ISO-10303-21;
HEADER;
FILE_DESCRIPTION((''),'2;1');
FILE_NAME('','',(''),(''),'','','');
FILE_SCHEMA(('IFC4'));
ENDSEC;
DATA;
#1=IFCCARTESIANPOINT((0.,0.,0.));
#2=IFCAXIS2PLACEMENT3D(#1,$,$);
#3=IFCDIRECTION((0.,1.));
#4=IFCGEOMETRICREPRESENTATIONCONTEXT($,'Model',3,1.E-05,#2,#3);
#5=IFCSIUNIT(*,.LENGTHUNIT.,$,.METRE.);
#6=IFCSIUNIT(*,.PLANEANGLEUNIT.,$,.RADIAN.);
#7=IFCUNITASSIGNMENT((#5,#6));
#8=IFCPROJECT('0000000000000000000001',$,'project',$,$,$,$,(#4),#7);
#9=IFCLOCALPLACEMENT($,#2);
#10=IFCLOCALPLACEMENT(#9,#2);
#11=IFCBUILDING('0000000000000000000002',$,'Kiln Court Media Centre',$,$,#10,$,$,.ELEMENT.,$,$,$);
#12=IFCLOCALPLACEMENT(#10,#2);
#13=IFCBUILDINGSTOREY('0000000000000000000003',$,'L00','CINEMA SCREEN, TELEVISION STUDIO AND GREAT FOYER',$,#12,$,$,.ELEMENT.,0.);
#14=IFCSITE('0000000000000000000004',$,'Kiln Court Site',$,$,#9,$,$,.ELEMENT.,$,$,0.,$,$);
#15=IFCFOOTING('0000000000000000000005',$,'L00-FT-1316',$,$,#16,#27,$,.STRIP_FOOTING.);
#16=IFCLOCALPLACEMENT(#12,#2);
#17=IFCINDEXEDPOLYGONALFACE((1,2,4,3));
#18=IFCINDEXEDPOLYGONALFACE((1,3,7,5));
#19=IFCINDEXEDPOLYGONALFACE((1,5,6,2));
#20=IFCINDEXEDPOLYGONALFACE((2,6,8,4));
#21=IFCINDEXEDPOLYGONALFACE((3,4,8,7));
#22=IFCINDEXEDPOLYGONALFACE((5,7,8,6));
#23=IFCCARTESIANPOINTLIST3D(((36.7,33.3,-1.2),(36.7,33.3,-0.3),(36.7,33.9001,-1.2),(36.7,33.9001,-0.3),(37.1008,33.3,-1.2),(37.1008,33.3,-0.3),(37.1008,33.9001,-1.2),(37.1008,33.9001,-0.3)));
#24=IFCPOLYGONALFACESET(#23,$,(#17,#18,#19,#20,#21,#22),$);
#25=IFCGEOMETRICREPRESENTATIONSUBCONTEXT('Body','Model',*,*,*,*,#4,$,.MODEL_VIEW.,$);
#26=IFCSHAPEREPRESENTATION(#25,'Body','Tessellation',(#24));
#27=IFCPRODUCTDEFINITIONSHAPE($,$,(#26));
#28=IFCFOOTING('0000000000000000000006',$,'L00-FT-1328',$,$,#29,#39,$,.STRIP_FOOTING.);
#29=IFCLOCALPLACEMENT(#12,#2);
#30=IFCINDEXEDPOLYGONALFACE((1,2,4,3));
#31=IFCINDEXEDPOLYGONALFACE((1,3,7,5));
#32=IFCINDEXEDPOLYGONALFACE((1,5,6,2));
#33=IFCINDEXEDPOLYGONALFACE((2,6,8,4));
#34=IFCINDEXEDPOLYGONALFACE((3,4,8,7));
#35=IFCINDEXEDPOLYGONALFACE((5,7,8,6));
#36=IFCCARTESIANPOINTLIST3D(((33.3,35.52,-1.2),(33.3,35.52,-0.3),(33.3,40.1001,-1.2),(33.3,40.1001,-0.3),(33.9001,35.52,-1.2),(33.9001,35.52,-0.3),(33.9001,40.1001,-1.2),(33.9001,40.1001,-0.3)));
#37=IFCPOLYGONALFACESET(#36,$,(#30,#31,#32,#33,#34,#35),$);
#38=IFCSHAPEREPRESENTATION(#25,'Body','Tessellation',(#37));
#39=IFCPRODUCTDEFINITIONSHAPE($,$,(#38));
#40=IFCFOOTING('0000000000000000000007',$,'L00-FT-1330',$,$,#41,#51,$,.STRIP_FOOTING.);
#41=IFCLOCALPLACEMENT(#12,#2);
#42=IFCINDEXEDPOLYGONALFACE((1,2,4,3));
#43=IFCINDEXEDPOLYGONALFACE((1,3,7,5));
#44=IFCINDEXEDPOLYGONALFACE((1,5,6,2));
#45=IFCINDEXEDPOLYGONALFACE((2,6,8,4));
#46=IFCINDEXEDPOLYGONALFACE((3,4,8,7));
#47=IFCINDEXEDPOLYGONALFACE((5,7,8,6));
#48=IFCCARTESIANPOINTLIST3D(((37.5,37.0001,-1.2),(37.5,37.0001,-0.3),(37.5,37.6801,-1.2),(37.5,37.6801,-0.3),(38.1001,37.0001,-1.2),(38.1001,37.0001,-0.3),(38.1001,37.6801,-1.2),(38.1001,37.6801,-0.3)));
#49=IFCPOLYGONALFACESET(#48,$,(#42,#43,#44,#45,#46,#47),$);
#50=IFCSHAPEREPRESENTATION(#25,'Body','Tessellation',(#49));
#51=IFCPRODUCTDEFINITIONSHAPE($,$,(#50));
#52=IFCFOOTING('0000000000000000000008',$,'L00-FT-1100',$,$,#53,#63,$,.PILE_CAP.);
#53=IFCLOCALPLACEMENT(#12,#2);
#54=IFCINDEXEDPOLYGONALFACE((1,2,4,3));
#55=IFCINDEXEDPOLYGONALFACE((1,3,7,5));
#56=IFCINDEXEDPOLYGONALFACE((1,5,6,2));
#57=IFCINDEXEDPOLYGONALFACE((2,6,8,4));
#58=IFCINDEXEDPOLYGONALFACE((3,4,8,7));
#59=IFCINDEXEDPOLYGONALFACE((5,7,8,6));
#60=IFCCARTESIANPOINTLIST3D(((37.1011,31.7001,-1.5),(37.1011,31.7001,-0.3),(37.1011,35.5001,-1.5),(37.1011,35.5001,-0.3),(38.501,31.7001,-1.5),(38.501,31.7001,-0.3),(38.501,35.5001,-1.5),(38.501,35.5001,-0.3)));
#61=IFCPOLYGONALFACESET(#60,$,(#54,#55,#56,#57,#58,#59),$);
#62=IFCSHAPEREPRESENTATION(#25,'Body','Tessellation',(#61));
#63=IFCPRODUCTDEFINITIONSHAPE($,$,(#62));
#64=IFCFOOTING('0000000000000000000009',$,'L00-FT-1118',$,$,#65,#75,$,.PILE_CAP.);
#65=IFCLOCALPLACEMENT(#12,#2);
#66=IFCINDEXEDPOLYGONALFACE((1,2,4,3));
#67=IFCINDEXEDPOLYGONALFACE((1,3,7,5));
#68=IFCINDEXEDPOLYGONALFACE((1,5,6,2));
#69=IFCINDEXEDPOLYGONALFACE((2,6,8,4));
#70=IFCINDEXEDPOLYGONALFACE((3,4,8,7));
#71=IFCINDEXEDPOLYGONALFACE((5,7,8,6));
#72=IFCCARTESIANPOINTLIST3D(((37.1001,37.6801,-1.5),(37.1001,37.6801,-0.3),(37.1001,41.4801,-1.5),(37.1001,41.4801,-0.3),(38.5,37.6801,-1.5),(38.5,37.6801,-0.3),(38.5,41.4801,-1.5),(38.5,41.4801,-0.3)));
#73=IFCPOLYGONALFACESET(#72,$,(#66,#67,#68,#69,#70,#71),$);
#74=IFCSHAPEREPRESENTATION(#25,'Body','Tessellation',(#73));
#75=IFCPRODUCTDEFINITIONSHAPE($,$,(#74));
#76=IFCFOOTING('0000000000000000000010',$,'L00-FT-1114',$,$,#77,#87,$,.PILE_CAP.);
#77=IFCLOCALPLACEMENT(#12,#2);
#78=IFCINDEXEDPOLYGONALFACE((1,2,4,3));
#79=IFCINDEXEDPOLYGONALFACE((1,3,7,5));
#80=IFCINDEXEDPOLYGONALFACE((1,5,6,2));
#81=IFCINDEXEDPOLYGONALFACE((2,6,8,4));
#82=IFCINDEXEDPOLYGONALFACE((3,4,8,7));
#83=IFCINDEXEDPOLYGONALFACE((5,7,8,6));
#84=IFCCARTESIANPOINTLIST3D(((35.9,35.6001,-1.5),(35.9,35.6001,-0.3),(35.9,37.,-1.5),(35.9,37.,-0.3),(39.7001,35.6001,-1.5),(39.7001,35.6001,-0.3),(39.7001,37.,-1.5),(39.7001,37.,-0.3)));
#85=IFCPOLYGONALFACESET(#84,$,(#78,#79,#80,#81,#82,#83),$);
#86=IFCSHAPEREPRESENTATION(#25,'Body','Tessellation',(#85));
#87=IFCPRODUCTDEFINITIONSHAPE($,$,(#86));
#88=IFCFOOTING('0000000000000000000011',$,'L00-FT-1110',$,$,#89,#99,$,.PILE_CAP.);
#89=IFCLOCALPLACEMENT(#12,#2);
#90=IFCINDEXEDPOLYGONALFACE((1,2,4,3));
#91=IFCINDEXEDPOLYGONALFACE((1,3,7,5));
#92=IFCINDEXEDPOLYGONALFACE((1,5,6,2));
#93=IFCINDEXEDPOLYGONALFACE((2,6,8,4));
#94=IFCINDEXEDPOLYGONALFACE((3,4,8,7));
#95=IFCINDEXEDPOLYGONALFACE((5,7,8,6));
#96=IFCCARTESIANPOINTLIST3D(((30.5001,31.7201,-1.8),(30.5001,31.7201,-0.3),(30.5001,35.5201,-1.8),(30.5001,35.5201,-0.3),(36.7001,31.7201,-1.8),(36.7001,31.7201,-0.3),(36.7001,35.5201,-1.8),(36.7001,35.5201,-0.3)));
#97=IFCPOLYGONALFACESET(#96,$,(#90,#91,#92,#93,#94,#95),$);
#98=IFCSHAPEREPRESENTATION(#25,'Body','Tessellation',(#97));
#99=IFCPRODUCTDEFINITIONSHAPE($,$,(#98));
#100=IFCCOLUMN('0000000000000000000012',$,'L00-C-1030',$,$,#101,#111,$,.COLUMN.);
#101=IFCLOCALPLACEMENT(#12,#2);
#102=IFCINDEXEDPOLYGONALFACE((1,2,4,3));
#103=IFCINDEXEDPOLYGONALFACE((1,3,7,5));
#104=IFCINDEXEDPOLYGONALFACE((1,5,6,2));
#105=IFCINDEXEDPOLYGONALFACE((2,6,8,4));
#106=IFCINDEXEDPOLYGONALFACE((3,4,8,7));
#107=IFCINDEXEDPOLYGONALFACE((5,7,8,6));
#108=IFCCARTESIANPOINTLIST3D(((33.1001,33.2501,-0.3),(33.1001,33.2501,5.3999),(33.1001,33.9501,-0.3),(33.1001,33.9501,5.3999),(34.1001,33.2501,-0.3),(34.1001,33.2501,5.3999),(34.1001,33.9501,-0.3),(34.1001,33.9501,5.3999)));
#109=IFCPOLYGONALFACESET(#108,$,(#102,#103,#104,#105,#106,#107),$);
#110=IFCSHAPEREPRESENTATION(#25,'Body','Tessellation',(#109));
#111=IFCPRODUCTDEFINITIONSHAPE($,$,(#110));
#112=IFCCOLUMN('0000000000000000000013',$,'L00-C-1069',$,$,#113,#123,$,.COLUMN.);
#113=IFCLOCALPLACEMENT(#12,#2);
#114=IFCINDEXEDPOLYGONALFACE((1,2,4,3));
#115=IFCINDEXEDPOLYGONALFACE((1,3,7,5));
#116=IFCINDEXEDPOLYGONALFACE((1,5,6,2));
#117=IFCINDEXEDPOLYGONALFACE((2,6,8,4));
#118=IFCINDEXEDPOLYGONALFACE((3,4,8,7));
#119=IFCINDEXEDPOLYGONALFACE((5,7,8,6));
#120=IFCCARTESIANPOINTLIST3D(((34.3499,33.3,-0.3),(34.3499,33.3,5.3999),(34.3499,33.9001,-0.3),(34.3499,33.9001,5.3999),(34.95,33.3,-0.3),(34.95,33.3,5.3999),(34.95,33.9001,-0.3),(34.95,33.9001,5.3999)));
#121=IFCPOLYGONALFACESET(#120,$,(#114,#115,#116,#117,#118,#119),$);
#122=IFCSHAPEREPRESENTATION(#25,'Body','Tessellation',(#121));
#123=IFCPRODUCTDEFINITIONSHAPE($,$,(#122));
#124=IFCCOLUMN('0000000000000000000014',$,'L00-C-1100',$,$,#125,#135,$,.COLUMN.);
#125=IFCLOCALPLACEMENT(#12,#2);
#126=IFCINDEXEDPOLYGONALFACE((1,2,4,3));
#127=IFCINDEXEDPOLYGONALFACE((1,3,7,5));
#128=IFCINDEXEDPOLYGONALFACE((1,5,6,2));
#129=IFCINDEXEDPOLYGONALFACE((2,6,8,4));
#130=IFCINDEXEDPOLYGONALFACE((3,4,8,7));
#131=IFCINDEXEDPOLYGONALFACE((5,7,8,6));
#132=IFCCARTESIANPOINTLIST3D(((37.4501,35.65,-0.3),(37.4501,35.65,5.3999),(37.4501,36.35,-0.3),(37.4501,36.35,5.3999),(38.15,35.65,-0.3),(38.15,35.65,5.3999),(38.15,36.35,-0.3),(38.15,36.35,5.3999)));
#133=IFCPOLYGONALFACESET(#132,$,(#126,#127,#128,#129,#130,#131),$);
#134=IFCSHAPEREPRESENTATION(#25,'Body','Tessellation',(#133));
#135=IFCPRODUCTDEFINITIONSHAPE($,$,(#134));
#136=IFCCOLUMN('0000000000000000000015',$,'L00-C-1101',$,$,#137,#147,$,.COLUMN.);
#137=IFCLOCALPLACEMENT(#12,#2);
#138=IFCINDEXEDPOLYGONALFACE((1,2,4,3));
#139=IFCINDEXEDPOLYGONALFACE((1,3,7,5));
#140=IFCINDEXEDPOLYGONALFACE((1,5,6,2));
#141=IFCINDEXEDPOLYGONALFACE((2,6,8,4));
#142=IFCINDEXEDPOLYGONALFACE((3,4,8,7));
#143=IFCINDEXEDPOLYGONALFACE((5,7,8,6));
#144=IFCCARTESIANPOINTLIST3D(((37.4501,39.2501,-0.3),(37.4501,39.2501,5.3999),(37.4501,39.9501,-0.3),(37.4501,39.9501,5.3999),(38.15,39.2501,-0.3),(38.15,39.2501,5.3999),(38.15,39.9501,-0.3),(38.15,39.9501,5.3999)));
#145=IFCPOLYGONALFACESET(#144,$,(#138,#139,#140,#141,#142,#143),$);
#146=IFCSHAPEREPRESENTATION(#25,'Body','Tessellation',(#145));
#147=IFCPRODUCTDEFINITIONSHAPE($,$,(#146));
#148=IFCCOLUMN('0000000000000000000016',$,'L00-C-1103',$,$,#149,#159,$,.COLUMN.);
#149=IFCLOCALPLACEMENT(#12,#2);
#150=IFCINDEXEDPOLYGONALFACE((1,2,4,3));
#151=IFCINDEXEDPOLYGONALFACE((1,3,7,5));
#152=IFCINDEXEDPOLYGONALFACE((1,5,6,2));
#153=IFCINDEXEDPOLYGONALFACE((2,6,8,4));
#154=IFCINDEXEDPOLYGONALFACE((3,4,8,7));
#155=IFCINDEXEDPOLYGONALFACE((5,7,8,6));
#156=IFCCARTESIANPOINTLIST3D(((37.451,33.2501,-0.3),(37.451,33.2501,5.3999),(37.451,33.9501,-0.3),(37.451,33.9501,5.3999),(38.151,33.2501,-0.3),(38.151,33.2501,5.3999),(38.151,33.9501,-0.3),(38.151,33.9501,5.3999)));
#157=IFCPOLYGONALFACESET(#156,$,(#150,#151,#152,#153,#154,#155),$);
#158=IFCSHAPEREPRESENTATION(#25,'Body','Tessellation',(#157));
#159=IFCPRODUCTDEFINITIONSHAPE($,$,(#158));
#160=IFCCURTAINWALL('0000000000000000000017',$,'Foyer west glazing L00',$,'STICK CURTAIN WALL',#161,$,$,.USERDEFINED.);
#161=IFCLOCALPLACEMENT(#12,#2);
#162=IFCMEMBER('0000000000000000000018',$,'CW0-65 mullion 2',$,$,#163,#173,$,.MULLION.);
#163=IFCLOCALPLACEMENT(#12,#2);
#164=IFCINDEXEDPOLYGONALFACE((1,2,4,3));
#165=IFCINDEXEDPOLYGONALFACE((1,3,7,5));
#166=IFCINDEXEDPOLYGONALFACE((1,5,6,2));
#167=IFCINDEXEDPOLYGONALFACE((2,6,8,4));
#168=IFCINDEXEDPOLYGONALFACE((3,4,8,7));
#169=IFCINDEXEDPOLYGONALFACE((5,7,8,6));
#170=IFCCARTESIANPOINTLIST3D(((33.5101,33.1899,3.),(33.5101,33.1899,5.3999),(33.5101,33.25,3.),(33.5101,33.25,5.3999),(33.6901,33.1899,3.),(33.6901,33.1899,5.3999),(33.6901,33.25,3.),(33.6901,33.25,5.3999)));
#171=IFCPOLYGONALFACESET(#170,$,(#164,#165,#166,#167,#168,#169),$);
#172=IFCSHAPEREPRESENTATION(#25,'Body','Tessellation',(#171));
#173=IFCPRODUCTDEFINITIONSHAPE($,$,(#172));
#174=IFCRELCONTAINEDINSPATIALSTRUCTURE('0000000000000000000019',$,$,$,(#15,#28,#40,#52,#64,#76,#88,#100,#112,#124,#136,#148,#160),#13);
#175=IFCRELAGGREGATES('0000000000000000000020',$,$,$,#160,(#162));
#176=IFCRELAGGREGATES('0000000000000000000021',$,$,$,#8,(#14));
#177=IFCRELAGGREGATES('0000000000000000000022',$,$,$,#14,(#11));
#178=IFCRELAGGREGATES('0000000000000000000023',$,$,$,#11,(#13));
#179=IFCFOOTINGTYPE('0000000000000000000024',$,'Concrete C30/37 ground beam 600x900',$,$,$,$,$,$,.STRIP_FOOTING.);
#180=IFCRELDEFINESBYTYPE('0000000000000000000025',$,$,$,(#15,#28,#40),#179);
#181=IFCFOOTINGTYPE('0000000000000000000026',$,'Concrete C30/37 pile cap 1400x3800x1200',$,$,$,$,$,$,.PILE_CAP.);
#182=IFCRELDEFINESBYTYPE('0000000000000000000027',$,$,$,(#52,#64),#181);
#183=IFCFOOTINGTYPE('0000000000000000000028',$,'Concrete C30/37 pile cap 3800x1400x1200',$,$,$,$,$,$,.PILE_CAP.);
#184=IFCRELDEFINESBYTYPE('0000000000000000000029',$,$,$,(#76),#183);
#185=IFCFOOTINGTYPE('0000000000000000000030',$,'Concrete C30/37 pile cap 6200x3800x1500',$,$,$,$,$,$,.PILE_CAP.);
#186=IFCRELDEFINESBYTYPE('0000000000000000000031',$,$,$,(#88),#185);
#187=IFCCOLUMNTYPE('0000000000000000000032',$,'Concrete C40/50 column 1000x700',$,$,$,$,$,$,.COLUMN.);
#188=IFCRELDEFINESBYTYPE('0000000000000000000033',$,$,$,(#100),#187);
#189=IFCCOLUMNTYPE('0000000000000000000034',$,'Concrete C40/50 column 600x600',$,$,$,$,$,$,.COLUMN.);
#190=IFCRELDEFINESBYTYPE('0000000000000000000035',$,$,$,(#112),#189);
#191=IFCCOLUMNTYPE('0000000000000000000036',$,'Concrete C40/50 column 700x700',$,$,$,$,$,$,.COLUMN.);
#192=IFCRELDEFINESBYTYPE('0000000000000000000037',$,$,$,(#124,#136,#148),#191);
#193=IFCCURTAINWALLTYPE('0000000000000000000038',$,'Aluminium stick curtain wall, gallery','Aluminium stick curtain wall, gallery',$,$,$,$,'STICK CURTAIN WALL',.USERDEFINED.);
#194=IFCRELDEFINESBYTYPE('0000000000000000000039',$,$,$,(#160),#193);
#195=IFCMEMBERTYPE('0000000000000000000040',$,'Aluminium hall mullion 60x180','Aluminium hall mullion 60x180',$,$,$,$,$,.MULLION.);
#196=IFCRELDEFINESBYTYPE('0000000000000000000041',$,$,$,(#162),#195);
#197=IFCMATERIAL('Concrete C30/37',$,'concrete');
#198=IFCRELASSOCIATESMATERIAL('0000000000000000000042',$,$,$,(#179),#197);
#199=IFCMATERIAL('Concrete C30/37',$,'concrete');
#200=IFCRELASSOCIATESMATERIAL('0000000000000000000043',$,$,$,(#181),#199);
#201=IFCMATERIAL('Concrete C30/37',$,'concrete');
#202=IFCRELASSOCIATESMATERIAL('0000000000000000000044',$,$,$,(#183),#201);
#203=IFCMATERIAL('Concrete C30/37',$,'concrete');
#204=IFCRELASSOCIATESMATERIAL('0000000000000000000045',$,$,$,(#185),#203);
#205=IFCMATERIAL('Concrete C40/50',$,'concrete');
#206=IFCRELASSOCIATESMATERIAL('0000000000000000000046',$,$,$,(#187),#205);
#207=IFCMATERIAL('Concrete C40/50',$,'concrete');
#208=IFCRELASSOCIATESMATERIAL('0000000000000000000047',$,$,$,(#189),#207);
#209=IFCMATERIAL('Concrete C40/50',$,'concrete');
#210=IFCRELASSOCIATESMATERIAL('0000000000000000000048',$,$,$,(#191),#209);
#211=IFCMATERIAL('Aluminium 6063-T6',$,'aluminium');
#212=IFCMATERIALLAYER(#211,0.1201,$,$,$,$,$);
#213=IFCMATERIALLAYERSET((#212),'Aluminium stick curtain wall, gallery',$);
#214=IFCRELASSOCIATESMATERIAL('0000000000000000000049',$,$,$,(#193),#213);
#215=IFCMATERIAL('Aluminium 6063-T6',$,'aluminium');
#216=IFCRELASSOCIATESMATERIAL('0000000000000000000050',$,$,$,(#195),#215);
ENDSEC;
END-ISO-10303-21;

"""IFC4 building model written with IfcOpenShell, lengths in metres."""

from ifc_helpers import new_model, si_unit, direction, frame, origin, origin_2d, place, context, subcontext, project, spatial, rectangle, extrude, material, layer, layer_set, material_profile, profile_set, type_object, element, aggregate, save


model = new_model("IFC4")

# Units and contexts
model_context = context("Model", 3, precision=1e-05, world=origin(), true_north=direction((0.0, 1.0)))
body_context = subcontext(model_context, "Body", "Model", "MODEL_VIEW")
ifc_project = project(units=[si_unit("LENGTHUNIT", "METRE"), si_unit("PLANEANGLEUNIT", "RADIAN")], contexts=[model_context])

# Site, building, storey
site_placement = place(None, origin())
site = spatial("IfcSite", under=ifc_project, at=site_placement, Name="Kiln Court Site", CompositionType="ELEMENT", RefElevation=0.0)
building_placement = place(site_placement, origin())
building = spatial("IfcBuilding", under=site, at=building_placement, Name="Kiln Court Media Centre", CompositionType="ELEMENT")
storey_placement = place(building_placement, origin())
storey = spatial("IfcBuildingStorey", under=building, at=storey_placement, Name="L00", Description="CINEMA SCREEN, TELEVISION STUDIO AND GREAT FOYER", CompositionType="ELEMENT", Elevation=0.0)

# Footings
ifc_material_1 = material(Name="Concrete C30/37", Category="concrete")
footing_type_1 = type_object("IfcFootingType", Name="Concrete C30/37 ground beam 600x900", PredefinedType="STRIP_FOOTING", material=ifc_material_1)
footing_1_placement = place(storey_placement, frame((36.9004, 33.6001, -1.2), z_axis=(0.0, 0.0, 1.0), x_axis=(1.0, 0.0, 0.0)))
element("IfcFooting", 1, at=footing_1_placement, inside=storey, type_object=footing_type_1, Name="L00-FT-1316", PredefinedType="STRIP_FOOTING", context=body_context, shape_type="SweptSolid", body=[
    extrude(rectangle(XDim=0.4009, YDim=0.6001, at=origin_2d()), origin(), (0.0, 0.0, 1.0), 0.8999),
])
footing_2_placement = place(storey_placement, frame((33.6001, 37.8101, -1.2), z_axis=(0.0, 0.0, 1.0), x_axis=(1.0, 0.0, 0.0)))
element("IfcFooting", 2, at=footing_2_placement, inside=storey, type_object=footing_type_1, Name="L00-FT-1328", PredefinedType="STRIP_FOOTING", context=body_context, shape_type="SweptSolid", body=[
    extrude(rectangle(XDim=0.6001, YDim=4.5801, at=origin_2d()), origin(), (0.0, 0.0, 1.0), 0.8999),
])
footing_3_placement = place(storey_placement, frame((37.8, 37.3401, -1.2), z_axis=(0.0, 0.0, 1.0), x_axis=(1.0, 0.0, 0.0)))
element("IfcFooting", 3, at=footing_3_placement, inside=storey, type_object=footing_type_1, Name="L00-FT-1330", PredefinedType="STRIP_FOOTING", context=body_context, shape_type="SweptSolid", body=[
    extrude(rectangle(XDim=0.6001, YDim=0.6799, at=origin_2d()), origin(), (0.0, 0.0, 1.0), 0.8999),
])
ifc_material_2 = material(Name="Concrete C30/37", Category="concrete")
footing_type_2 = type_object("IfcFootingType", Name="Concrete C30/37 pile cap 1400x3800x1200", PredefinedType="PILE_CAP", material=ifc_material_2)
for number, where, z_axis, x_axis, name in (
    (4, (37.801, 33.6001, -1.5), (0.0, 0.0, 1.0), (1.0, 0.0, 0.0), "L00-FT-1100"),
    (5, (37.8, 39.5801, -1.5), (0.0, 0.0, 1.0), (1.0, 0.0, 0.0), "L00-FT-1118"),
):
    element("IfcFooting", number, at=place(storey_placement, frame(where, z_axis=z_axis, x_axis=x_axis)), inside=storey, type_object=footing_type_2, Name=name, PredefinedType="PILE_CAP", context=body_context, shape_type="SweptSolid", body=[
        extrude(rectangle(XDim=1.3999, YDim=3.8, at=origin_2d()), origin(), (0.0, 0.0, 1.0), 1.2),
    ])
ifc_material_3 = material(Name="Concrete C30/37", Category="concrete")
footing_type_3 = type_object("IfcFootingType", Name="Concrete C30/37 pile cap 3800x1400x1200", PredefinedType="PILE_CAP", material=ifc_material_3)
footing_4_placement = place(storey_placement, frame((37.8, 36.3, -1.5), z_axis=(0.0, 0.0, 1.0), x_axis=(1.0, 0.0, 0.0)))
element("IfcFooting", 6, at=footing_4_placement, inside=storey, type_object=footing_type_3, Name="L00-FT-1114", PredefinedType="PILE_CAP", context=body_context, shape_type="SweptSolid", body=[
    extrude(rectangle(XDim=3.8, YDim=1.3999, at=origin_2d()), origin(), (0.0, 0.0, 1.0), 1.2),
])
ifc_material_4 = material(Name="Concrete C30/37", Category="concrete")
footing_type_4 = type_object("IfcFootingType", Name="Concrete C30/37 pile cap 6200x3800x1500", PredefinedType="PILE_CAP", material=ifc_material_4)
footing_5_placement = place(storey_placement, frame((33.6001, 33.6201, -1.8), z_axis=(0.0, 0.0, 1.0), x_axis=(1.0, 0.0, 0.0)))
element("IfcFooting", 7, at=footing_5_placement, inside=storey, type_object=footing_type_4, Name="L00-FT-1110", PredefinedType="PILE_CAP", context=body_context, shape_type="SweptSolid", body=[
    extrude(rectangle(XDim=6.2, YDim=3.8, at=origin_2d()), origin(), (0.0, 0.0, 1.0), 1.5),
])

# Columns
ifc_material_5 = material(Name="Concrete C40/50", Category="concrete")
ifc_material_profile_1 = material_profile(ifc_material_5, rectangle(XDim=1.0, YDim=0.7, at=origin_2d()), Name="RC 1000x700")
ifc_profile_set_1 = profile_set([ifc_material_profile_1], Name="Concrete C40/50")
column_type_1 = type_object("IfcColumnType", Name="Concrete C40/50 column 1000x700", PredefinedType="COLUMN", material=ifc_profile_set_1)
column_1_placement = place(storey_placement, frame((33.6001, 33.6001, -0.3), z_axis=(0.0, 0.0, 1.0), x_axis=(1.0, 0.0, 0.0)))
element("IfcColumn", 8, at=column_1_placement, inside=storey, type_object=column_type_1, Name="L00-C-1030", PredefinedType="COLUMN", context=body_context, shape_type="SweptSolid", body=[
    extrude(rectangle(XDim=1.0, YDim=0.7, at=origin_2d()), origin(), (0.0, 0.0, 1.0), 5.7),
])
ifc_material_6 = material(Name="Concrete C40/50", Category="concrete")
ifc_material_profile_2 = material_profile(ifc_material_6, rectangle(XDim=0.6001, YDim=0.6001, at=origin_2d()), Name="RC 600x600")
ifc_profile_set_2 = profile_set([ifc_material_profile_2], Name="Concrete C40/50")
column_type_2 = type_object("IfcColumnType", Name="Concrete C40/50 column 600x600", PredefinedType="COLUMN", material=ifc_profile_set_2)
column_2_placement = place(storey_placement, frame((34.6499, 33.6001, -0.3), z_axis=(0.0, 0.0, 1.0), x_axis=(1.0, 0.0, 0.0)))
element("IfcColumn", 9, at=column_2_placement, inside=storey, type_object=column_type_2, Name="L00-C-1069", PredefinedType="COLUMN", context=body_context, shape_type="SweptSolid", body=[
    extrude(rectangle(XDim=0.6001, YDim=0.6001, at=origin_2d()), origin(), (0.0, 0.0, 1.0), 5.7),
])
ifc_material_7 = material(Name="Concrete C40/50", Category="concrete")
ifc_material_profile_3 = material_profile(ifc_material_7, rectangle(XDim=0.7, YDim=0.7, at=origin_2d()), Name="RC 700x700")
ifc_profile_set_3 = profile_set([ifc_material_profile_3], Name="Concrete C40/50")
column_type_3 = type_object("IfcColumnType", Name="Concrete C40/50 column 700x700", PredefinedType="COLUMN", material=ifc_profile_set_3)
for number, where, z_axis, x_axis, name in (
    (10, (37.8, 36.0, -0.3), (0.0, 0.0, 1.0), (1.0, 0.0, 0.0), "L00-C-1100"),
    (11, (37.8, 39.6001, -0.3), (0.0, 0.0, 1.0), (1.0, 0.0, 0.0), "L00-C-1101"),
    (12, (37.801, 33.6001, -0.3), (0.0, 0.0, 1.0), (1.0, 0.0, 0.0), "L00-C-1103"),
):
    element("IfcColumn", number, at=place(storey_placement, frame(where, z_axis=z_axis, x_axis=x_axis)), inside=storey, type_object=column_type_3, Name=name, PredefinedType="COLUMN", context=body_context, shape_type="SweptSolid", body=[
        extrude(rectangle(XDim=0.7, YDim=0.7, at=origin_2d()), origin(), (0.0, 0.0, 1.0), 5.7),
    ])

# Curtain wall, member
ifc_material_8 = material(Name="Aluminium 6063-T6", Category="aluminium")
ifc_layer_1 = layer(ifc_material_8, 0.1201)
ifc_layer_set_1 = layer_set([ifc_layer_1], Name="Aluminium stick curtain wall, gallery")
curtain_wall_type = type_object("IfcCurtainWallType", Name="Aluminium stick curtain wall, gallery", Description="Aluminium stick curtain wall, gallery", ElementType="STICK CURTAIN WALL", PredefinedType="USERDEFINED", material=ifc_layer_set_1)
curtain_wall_placement = place(storey_placement, origin())
curtain_wall = element("IfcCurtainWall", 13, at=curtain_wall_placement, inside=storey, type_object=curtain_wall_type, Name="Foyer west glazing L00", ObjectType="STICK CURTAIN WALL", PredefinedType="USERDEFINED")
ifc_material_9 = material(Name="Aluminium 6063-T6", Category="aluminium")
ifc_material_profile_4 = material_profile(ifc_material_9, rectangle(XDim=0.0601, YDim=0.1799, at=origin_2d()), Name="Aluminium hall mullion 60x180")
ifc_profile_set_4 = profile_set([ifc_material_profile_4], Name="Aluminium 6063-T6")
member_type = type_object("IfcMemberType", Name="Aluminium hall mullion 60x180", Description="Aluminium hall mullion 60x180", PredefinedType="MULLION", material=ifc_profile_set_4)
member_placement = place(storey_placement, frame((33.6001, 33.22, 3.0), z_axis=(0.0, 0.0, 1.0), x_axis=(0.0, 1.0, 0.0)))
member = element("IfcMember", 14, at=member_placement, type_object=member_type, Name="CW0-65 mullion 2", PredefinedType="MULLION", context=body_context, shape_type="SweptSolid", body=[
    extrude(rectangle(XDim=0.0601, YDim=0.1799, at=origin_2d()), origin(), (0.0, 0.0, 1.0), 2.3999),
])
aggregate(curtain_wall, [member])

save(model, "model.ifc")
